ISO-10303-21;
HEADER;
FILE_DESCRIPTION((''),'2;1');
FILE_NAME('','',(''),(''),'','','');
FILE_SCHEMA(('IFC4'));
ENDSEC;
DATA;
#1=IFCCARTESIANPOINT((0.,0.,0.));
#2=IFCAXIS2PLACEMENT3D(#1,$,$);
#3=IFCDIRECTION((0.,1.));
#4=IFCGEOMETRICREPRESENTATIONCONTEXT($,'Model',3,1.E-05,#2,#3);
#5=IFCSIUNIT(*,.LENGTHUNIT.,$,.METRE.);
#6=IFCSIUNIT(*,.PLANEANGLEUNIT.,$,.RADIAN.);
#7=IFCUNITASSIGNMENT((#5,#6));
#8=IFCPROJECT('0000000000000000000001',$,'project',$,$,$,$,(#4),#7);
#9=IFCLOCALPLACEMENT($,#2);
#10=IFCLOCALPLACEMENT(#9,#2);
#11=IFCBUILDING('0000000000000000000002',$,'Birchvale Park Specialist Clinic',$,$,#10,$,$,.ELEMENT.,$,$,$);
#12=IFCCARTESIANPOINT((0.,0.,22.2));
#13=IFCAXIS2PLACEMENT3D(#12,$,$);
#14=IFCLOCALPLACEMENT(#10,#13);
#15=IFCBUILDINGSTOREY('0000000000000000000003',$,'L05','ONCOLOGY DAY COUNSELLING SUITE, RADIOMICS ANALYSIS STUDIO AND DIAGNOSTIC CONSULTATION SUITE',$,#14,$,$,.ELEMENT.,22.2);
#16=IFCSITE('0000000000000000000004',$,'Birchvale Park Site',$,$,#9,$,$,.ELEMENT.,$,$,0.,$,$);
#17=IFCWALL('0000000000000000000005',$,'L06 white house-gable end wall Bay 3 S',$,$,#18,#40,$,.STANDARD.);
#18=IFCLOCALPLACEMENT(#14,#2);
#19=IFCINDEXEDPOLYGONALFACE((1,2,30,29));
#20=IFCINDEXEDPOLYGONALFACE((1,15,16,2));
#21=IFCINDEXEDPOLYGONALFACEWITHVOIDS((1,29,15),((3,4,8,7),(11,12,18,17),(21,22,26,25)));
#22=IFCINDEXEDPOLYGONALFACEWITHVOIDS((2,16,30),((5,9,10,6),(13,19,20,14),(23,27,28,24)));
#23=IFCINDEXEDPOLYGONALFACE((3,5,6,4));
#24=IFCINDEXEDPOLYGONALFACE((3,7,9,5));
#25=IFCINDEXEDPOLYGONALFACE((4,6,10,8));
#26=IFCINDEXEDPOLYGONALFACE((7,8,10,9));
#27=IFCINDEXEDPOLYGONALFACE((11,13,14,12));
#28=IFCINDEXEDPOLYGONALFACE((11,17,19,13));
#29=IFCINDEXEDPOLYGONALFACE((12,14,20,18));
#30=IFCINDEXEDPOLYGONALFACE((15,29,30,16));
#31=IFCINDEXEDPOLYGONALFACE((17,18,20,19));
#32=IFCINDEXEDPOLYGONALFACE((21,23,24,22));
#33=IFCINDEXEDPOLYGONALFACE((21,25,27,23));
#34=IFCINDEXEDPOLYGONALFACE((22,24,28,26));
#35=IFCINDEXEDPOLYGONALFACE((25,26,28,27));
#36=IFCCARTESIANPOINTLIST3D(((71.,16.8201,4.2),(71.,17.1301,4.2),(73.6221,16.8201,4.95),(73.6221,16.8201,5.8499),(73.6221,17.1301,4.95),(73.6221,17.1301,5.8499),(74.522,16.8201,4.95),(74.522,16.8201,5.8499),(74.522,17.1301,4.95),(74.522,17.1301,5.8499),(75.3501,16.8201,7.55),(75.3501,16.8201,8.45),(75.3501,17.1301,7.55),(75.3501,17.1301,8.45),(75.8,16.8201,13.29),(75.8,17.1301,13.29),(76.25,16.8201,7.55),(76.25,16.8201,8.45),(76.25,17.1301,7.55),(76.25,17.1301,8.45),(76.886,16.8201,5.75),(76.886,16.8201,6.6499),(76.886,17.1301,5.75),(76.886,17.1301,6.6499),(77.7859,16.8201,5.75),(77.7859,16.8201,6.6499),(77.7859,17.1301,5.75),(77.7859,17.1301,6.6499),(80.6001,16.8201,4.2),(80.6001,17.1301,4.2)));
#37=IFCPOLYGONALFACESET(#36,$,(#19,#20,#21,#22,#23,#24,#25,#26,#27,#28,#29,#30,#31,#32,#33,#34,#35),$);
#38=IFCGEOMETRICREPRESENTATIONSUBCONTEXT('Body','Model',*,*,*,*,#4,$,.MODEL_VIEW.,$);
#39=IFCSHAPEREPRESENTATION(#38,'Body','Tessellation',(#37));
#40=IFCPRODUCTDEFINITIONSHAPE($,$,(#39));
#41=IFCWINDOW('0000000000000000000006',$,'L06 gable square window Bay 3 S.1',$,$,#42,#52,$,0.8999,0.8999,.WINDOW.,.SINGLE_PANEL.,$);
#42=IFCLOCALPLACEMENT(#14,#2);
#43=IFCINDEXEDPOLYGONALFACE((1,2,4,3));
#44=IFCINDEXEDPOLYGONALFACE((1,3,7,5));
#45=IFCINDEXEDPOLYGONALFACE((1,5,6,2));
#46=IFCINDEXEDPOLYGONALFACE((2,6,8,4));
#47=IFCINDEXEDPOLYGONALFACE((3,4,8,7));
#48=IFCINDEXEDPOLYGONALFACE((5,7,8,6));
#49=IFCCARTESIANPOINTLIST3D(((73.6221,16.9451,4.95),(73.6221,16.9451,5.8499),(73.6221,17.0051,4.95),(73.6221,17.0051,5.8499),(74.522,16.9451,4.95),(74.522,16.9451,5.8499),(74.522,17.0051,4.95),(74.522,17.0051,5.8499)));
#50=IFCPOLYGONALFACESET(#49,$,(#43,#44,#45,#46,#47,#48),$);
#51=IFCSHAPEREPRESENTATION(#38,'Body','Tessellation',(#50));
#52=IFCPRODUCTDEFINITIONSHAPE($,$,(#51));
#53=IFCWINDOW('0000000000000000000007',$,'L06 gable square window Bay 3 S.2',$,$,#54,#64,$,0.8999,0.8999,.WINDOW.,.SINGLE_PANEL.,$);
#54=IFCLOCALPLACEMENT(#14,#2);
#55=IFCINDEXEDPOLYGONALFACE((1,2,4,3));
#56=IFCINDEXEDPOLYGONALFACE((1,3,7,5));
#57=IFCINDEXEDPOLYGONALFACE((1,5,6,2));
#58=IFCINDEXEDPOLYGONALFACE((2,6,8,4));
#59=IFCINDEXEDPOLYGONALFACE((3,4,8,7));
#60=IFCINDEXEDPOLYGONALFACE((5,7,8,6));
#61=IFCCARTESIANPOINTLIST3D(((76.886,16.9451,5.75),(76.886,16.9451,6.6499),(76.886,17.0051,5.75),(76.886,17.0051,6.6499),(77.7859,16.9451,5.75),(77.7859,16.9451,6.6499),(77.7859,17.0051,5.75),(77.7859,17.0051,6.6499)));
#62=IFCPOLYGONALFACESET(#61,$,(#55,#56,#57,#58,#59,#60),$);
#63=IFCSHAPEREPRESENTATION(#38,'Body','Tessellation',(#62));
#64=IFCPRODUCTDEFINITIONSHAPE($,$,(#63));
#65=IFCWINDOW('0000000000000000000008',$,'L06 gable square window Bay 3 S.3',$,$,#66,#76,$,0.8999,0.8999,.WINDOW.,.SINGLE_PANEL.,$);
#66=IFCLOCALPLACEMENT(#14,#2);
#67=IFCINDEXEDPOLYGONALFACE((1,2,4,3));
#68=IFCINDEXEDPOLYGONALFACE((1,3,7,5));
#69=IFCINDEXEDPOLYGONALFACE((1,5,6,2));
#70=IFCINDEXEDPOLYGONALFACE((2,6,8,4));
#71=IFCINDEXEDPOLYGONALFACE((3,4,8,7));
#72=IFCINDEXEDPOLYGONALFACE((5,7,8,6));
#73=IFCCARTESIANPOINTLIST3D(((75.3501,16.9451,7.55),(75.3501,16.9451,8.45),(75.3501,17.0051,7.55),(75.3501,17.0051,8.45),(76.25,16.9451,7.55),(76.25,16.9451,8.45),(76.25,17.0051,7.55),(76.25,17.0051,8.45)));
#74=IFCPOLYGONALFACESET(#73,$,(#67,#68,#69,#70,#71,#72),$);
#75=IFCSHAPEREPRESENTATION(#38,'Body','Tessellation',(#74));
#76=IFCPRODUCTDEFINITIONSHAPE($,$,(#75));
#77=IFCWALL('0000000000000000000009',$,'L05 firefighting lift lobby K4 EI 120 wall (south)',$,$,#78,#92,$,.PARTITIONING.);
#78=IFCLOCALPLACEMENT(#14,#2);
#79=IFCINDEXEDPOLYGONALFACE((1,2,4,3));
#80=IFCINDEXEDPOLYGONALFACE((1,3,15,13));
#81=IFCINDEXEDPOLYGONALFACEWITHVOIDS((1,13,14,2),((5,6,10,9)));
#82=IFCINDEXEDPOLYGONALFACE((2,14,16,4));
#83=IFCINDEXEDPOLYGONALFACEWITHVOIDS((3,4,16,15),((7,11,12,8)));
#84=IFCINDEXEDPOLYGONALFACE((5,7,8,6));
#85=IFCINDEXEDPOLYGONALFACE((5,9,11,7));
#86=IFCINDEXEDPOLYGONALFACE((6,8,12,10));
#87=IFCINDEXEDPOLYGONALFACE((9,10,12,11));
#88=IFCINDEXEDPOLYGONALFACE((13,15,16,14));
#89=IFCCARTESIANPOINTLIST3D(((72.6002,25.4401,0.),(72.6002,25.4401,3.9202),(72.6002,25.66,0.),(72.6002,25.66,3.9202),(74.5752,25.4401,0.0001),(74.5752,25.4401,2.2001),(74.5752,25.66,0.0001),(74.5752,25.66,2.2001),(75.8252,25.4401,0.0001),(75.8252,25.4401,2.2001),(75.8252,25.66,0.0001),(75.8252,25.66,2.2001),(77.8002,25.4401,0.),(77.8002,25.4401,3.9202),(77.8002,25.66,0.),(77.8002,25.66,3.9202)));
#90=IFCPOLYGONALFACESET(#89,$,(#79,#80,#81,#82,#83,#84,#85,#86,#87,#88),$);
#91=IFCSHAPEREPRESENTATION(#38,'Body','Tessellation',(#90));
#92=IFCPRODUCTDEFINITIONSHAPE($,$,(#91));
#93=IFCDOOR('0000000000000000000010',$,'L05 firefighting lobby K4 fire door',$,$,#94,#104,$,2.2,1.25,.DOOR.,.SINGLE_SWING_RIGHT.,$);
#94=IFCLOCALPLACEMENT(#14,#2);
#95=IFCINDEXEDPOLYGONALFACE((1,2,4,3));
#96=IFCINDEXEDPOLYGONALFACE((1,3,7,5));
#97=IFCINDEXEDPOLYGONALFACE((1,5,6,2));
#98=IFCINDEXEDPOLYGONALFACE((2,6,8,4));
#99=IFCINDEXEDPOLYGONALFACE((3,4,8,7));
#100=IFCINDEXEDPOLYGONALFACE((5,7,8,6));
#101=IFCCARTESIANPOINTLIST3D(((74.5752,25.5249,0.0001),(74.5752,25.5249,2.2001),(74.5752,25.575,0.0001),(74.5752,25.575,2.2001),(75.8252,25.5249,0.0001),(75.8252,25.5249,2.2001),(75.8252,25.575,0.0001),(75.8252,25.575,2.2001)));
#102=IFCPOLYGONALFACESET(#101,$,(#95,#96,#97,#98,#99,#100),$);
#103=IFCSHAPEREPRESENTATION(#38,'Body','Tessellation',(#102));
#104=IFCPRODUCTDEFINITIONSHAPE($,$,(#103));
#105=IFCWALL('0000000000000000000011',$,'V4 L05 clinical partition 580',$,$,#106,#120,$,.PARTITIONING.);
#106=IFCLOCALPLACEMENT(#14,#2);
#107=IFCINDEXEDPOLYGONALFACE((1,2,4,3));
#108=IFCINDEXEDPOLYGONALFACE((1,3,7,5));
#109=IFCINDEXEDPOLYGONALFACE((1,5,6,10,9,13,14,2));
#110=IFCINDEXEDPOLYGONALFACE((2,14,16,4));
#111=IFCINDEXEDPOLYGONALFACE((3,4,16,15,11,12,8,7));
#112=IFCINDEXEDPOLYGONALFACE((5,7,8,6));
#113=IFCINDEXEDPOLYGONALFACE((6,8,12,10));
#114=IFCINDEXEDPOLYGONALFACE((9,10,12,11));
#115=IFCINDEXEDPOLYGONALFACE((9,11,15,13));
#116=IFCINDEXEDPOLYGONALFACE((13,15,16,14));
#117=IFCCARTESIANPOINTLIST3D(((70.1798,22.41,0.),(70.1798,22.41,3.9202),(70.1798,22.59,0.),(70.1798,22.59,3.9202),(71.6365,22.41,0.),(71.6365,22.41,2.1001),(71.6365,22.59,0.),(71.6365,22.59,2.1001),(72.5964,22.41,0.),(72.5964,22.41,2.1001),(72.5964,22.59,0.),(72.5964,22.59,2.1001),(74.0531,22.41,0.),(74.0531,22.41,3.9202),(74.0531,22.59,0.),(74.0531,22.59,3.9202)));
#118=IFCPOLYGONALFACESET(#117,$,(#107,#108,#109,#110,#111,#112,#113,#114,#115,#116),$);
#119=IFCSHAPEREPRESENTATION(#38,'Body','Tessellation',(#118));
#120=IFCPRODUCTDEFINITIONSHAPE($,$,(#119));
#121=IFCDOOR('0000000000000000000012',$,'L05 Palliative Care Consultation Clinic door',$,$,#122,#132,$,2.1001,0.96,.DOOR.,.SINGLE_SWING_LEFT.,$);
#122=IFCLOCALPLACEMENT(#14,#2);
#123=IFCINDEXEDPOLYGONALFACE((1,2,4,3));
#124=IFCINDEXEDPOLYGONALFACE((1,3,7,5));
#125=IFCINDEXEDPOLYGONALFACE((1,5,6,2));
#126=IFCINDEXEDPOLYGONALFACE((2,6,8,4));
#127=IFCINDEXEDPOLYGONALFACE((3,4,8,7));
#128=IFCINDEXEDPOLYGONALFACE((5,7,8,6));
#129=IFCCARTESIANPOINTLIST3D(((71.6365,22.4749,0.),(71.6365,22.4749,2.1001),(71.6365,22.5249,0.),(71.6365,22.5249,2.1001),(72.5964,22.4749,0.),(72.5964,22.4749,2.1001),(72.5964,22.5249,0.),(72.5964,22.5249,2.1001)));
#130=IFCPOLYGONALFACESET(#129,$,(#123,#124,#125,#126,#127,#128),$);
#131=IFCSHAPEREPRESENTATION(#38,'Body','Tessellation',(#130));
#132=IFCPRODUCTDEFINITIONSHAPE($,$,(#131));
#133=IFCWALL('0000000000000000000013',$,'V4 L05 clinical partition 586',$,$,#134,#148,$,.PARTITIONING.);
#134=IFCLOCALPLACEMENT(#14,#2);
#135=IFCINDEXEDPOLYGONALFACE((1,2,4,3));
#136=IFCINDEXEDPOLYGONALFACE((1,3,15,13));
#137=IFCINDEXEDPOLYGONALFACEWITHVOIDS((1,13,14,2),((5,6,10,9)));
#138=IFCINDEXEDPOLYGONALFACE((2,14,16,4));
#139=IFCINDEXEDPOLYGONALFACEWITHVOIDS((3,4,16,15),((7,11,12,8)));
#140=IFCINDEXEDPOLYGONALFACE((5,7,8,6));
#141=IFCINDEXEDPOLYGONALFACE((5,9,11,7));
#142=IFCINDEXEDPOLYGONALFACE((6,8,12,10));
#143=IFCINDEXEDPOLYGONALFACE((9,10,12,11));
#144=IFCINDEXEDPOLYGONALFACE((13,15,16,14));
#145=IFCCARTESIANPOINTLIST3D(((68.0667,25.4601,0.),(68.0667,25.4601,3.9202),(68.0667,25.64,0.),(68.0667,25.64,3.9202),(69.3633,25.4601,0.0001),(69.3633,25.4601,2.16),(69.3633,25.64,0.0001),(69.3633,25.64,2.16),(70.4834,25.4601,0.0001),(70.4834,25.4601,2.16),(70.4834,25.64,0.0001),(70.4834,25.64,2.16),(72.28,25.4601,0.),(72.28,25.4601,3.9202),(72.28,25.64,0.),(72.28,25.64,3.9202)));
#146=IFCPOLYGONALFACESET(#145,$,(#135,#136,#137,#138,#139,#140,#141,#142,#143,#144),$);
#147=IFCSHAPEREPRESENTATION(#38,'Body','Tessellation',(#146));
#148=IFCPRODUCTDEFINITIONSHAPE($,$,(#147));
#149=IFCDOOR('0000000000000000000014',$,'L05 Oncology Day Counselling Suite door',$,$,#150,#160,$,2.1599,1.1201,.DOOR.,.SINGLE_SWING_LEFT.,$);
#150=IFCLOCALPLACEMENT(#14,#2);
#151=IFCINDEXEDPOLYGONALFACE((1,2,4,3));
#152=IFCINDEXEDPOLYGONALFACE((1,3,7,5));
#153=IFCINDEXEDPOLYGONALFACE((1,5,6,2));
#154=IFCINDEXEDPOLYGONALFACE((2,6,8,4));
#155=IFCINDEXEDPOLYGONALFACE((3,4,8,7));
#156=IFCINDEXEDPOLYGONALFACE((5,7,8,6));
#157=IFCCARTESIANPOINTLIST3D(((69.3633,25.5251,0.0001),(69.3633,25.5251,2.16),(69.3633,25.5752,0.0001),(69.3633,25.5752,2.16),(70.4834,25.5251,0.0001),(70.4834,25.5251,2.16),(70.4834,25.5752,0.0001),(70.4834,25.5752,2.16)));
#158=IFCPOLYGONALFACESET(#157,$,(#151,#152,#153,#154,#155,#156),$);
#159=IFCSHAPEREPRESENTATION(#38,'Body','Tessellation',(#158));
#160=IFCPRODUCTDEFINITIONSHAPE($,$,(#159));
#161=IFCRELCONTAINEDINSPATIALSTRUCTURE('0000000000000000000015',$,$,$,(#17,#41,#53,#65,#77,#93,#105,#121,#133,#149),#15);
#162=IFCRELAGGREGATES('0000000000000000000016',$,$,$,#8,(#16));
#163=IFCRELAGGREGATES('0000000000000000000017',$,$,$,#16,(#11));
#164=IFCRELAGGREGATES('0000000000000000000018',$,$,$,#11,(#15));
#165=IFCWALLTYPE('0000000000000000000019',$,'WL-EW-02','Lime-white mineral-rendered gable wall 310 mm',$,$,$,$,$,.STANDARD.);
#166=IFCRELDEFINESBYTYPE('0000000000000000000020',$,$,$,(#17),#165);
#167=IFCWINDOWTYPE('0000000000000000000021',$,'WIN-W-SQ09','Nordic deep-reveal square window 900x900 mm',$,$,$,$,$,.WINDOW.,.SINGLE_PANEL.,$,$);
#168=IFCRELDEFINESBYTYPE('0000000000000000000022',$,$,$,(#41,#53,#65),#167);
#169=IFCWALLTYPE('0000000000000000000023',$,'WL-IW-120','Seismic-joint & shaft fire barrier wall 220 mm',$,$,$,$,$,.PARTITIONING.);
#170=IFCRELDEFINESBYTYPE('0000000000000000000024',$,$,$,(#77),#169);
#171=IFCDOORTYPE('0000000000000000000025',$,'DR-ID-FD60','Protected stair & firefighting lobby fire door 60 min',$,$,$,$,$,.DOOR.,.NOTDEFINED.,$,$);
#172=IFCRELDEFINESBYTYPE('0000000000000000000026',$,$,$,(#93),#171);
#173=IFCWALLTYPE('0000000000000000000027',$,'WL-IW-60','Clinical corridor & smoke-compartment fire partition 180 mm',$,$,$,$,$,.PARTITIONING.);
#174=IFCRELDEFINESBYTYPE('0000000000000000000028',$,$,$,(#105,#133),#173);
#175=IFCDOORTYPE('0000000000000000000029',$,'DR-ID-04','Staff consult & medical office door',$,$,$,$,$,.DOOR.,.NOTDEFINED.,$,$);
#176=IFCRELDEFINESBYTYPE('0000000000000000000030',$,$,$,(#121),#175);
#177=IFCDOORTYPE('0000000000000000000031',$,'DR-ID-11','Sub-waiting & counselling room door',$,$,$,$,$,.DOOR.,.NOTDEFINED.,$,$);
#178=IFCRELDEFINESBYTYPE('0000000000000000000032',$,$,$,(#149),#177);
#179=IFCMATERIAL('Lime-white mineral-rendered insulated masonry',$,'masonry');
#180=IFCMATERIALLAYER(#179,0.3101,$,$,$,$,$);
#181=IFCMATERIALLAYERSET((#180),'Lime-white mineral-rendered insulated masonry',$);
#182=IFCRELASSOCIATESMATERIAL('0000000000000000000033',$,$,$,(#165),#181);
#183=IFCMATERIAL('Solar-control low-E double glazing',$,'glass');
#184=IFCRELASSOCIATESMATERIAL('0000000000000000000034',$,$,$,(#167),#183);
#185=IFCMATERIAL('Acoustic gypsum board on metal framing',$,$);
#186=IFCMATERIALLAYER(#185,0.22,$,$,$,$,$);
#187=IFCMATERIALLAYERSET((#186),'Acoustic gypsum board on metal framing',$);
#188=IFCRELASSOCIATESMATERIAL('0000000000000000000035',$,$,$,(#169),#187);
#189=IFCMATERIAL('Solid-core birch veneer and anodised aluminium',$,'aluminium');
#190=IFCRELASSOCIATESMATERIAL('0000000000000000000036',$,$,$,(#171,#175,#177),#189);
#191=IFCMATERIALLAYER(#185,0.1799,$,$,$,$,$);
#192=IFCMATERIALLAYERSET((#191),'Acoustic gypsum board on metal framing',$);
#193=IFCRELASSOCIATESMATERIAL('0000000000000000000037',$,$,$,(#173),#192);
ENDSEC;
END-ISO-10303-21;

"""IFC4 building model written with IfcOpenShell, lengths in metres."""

from ifc_helpers import new_model, si_unit, direction, frame, frame_2d, origin, place, context, subcontext, project, spatial, polyline, rectangle, outline, extrude, material, layer, layer_set, type_object, element, fill, save


model = new_model("IFC4")

# Units and contexts
model_context = context("Model", 3, precision=1e-05, world=origin(), true_north=direction((0.0, 1.0)))
body_context = subcontext(model_context, "Body", "Model", "MODEL_VIEW")
ifc_project = project(units=[si_unit("LENGTHUNIT", "METRE"), si_unit("PLANEANGLEUNIT", "RADIAN")], contexts=[model_context])

# Site, building, storey
site_placement = place(None, origin())
site = spatial("IfcSite", under=ifc_project, at=site_placement, Name="Birchvale Park Site", CompositionType="ELEMENT", RefElevation=0.0)
building_placement = place(site_placement, origin())
building = spatial("IfcBuilding", under=site, at=building_placement, Name="Birchvale Park Specialist Clinic", CompositionType="ELEMENT")
storey_placement = place(building_placement, frame((0.0, 0.0, 22.2)))
storey = spatial("IfcBuildingStorey", under=building, at=storey_placement, Name="L05", Description="ONCOLOGY DAY COUNSELLING SUITE, RADIOMICS ANALYSIS STUDIO AND DIAGNOSTIC CONSULTATION SUITE", CompositionType="ELEMENT", Elevation=22.2)

# Shared definitions
ifc_material_1 = material(Name="Solid-core birch veneer and anodised aluminium", Category="aluminium")

# Wall, openings, windows
ifc_material_2 = material(Name="Lime-white mineral-rendered insulated masonry", Category="masonry")
ifc_material_3 = material(Name="Solar-control low-E double glazing", Category="glass")
ifc_layer_1 = layer(ifc_material_2, 0.3101)
ifc_layer_set_1 = layer_set([ifc_layer_1], Name="Lime-white mineral-rendered insulated masonry")
wall_type_1 = type_object("IfcWallType", Name="WL-EW-02", Description="Lime-white mineral-rendered gable wall 310 mm", PredefinedType="STANDARD", material=ifc_layer_set_1)
wall_1_placement = place(storey_placement, frame((71.0, 16.9751, 4.2), z_axis=(0.0, 0.0, 1.0), x_axis=(1.0, 0.0, 0.0)))
wall_1 = element("IfcWall", 1, at=wall_1_placement, inside=storey, type_object=wall_type_1, Name="L06 white house-gable end wall Bay 3 S", PredefinedType="STANDARD", context=body_context, shape_type="SweptSolid", body=[
    extrude(outline(polyline([(0.0, 0.0), (9.6001, 0.0), (9.6001, 0.0), (4.8, 9.0901), (0.0, 0.0), (0.0, 0.0)])), frame((0.0, 0.155, 0.0), z_axis=(0.0, -1.0, 0.0), x_axis=(1.0, 0.0, 0.0)), (0.0, 0.0, 1.0), 0.3101),
])
opening_1_placement = place(wall_1_placement, frame((2.6221, 0.0, 0.75)))
opening_1 = element("IfcOpeningElement", 2, at=opening_1_placement, cuts=wall_1, PredefinedType="OPENING", context=body_context, shape_type="SweptSolid", body=[
    extrude(rectangle(XDim=0.8999, YDim=0.8999, at=frame_2d((0.45, 0.45))), frame((0.0, 0.165, 0.0), z_axis=(0.0, -1.0, 0.0), x_axis=(1.0, 0.0, 0.0)), (0.0, 0.0, 1.0), 0.3301),
])
opening_2_placement = place(wall_1_placement, frame((5.886, 0.0, 1.55)))
opening_2 = element("IfcOpeningElement", 3, at=opening_2_placement, cuts=wall_1, PredefinedType="OPENING", context=body_context, shape_type="SweptSolid", body=[
    extrude(rectangle(XDim=0.8999, YDim=0.8999, at=frame_2d((0.45, 0.45))), frame((0.0, 0.165, 0.0), z_axis=(0.0, -1.0, 0.0), x_axis=(1.0, 0.0, 0.0)), (0.0, 0.0, 1.0), 0.3301),
])
opening_3_placement = place(wall_1_placement, frame((4.3501, 0.0, 3.3501)))
opening_3 = element("IfcOpeningElement", 4, at=opening_3_placement, cuts=wall_1, PredefinedType="OPENING", context=body_context, shape_type="SweptSolid", body=[
    extrude(rectangle(XDim=0.8999, YDim=0.8999, at=frame_2d((0.45, 0.45))), frame((0.0, 0.165, 0.0), z_axis=(0.0, -1.0, 0.0), x_axis=(1.0, 0.0, 0.0)), (0.0, 0.0, 1.0), 0.3301),
])
window_type_1 = type_object("IfcWindowType", Name="WIN-W-SQ09", Description="Nordic deep-reveal square window 900x900 mm", PartitioningType="SINGLE_PANEL", PredefinedType="WINDOW", material=ifc_material_3)
window_1_placement = place(opening_1_placement, origin())
window_1 = element("IfcWindow", 5, at=window_1_placement, inside=storey, type_object=window_type_1, Name="L06 gable square window Bay 3 S.1", OverallHeight=0.8999, OverallWidth=0.8999, PartitioningType="SINGLE_PANEL", PredefinedType="WINDOW", context=body_context, shape_type="SweptSolid", body=[
    extrude(rectangle(XDim=0.8999, YDim=0.8999, at=frame_2d((0.45, 0.45))), frame((0.0, 0.03, 0.0), z_axis=(0.0, -1.0, 0.0), x_axis=(1.0, 0.0, 0.0)), (0.0, 0.0, 1.0), 0.0601),
])
fill(opening_1, window_1)
window_2_placement = place(opening_2_placement, origin())
window_2 = element("IfcWindow", 6, at=window_2_placement, inside=storey, type_object=window_type_1, Name="L06 gable square window Bay 3 S.2", OverallHeight=0.8999, OverallWidth=0.8999, PartitioningType="SINGLE_PANEL", PredefinedType="WINDOW", context=body_context, shape_type="SweptSolid", body=[
    extrude(rectangle(XDim=0.8999, YDim=0.8999, at=frame_2d((0.45, 0.45))), frame((0.0, 0.03, 0.0), z_axis=(0.0, -1.0, 0.0), x_axis=(1.0, 0.0, 0.0)), (0.0, 0.0, 1.0), 0.0601),
])
fill(opening_2, window_2)
window_3_placement = place(opening_3_placement, origin())
window_3 = element("IfcWindow", 7, at=window_3_placement, inside=storey, type_object=window_type_1, Name="L06 gable square window Bay 3 S.3", OverallHeight=0.8999, OverallWidth=0.8999, PartitioningType="SINGLE_PANEL", PredefinedType="WINDOW", context=body_context, shape_type="SweptSolid", body=[
    extrude(rectangle(XDim=0.8999, YDim=0.8999, at=frame_2d((0.45, 0.45))), frame((0.0, 0.03, 0.0), z_axis=(0.0, -1.0, 0.0), x_axis=(1.0, 0.0, 0.0)), (0.0, 0.0, 1.0), 0.0601),
])
fill(opening_3, window_3)

# Walls, openings, doors
ifc_material_4 = material(Name="Acoustic gypsum board on metal framing")
ifc_layer_2 = layer(ifc_material_4, 0.22)
ifc_layer_set_2 = layer_set([ifc_layer_2], Name="Acoustic gypsum board on metal framing")
wall_type_2 = type_object("IfcWallType", Name="WL-IW-120", Description="Seismic-joint & shaft fire barrier wall 220 mm", PredefinedType="PARTITIONING", material=ifc_layer_set_2)
wall_2_placement = place(storey_placement, frame((72.6001, 25.55, 0.0), z_axis=(0.0, 0.0, 1.0), x_axis=(1.0, 0.0, 0.0)))
wall_2 = element("IfcWall", 8, at=wall_2_placement, inside=storey, type_object=wall_type_2, Name="L05 firefighting lift lobby K4 EI 120 wall (south)", PredefinedType="PARTITIONING", context=body_context, shape_type="SweptSolid", body=[
    extrude(rectangle(XDim=5.2, YDim=0.22, at=frame_2d((2.6001, 0.0))), origin(), (0.0, 0.0, 1.0), 3.9202),
])
opening_4_placement = place(wall_2_placement, frame((1.9751, 0.0, 0.0)))
opening_4 = element("IfcOpeningElement", 9, at=opening_4_placement, cuts=wall_2, PredefinedType="OPENING", context=body_context, shape_type="SweptSolid", body=[
    extrude(rectangle(XDim=1.25, YDim=2.2, at=frame_2d((0.625, 1.1001))), frame((0.0, 0.1201, 0.0), z_axis=(0.0, -1.0, 0.0), x_axis=(1.0, 0.0, 0.0)), (0.0, 0.0, 1.0), 0.24),
])
door_type_1 = type_object("IfcDoorType", Name="DR-ID-FD60", Description="Protected stair & firefighting lobby fire door 60 min", OperationType="NOTDEFINED", PredefinedType="DOOR", material=ifc_material_1)
door_1_placement = place(opening_4_placement, origin())
door_1 = element("IfcDoor", 10, at=door_1_placement, inside=storey, type_object=door_type_1, Name="L05 firefighting lobby K4 fire door", OperationType="SINGLE_SWING_RIGHT", OverallHeight=2.2, OverallWidth=1.25, PredefinedType="DOOR", context=body_context, shape_type="SweptSolid", body=[
    extrude(rectangle(XDim=1.25, YDim=2.2, at=frame_2d((0.625, 1.1001))), frame((0.0, 0.0249, 0.0), z_axis=(0.0, -1.0, 0.0), x_axis=(1.0, 0.0, 0.0)), (0.0, 0.0, 1.0), 0.05),
])
fill(opening_4, door_1)
ifc_layer_3 = layer(ifc_material_4, 0.1799)
ifc_layer_set_3 = layer_set([ifc_layer_3], Name="Acoustic gypsum board on metal framing")
wall_type_3 = type_object("IfcWallType", Name="WL-IW-60", Description="Clinical corridor & smoke-compartment fire partition 180 mm", PredefinedType="PARTITIONING", material=ifc_layer_set_3)
wall_3_placement = place(storey_placement, frame((70.1799, 22.5, 0.0), z_axis=(0.0, 0.0, 1.0), x_axis=(1.0, 0.0, 0.0)))
wall_3 = element("IfcWall", 11, at=wall_3_placement, inside=storey, type_object=wall_type_3, Name="V4 L05 clinical partition 580", PredefinedType="PARTITIONING", context=body_context, shape_type="SweptSolid", body=[
    extrude(rectangle(XDim=3.8733, YDim=0.1799, at=frame_2d((1.9365, 0.0))), origin(), (0.0, 0.0, 1.0), 3.9202),
])
opening_5_placement = place(wall_3_placement, frame((1.4565, 0.0, 0.0)))
opening_5 = element("IfcOpeningElement", 12, at=opening_5_placement, cuts=wall_3, PredefinedType="OPENING", context=body_context, shape_type="SweptSolid", body=[
    extrude(rectangle(XDim=0.96, YDim=2.1001, at=frame_2d((0.48, 1.05))), frame((0.0, 0.1001, 0.0), z_axis=(0.0, -1.0, 0.0), x_axis=(1.0, 0.0, 0.0)), (0.0, 0.0, 1.0), 0.2),
])
door_type_2 = type_object("IfcDoorType", Name="DR-ID-04", Description="Staff consult & medical office door", OperationType="NOTDEFINED", PredefinedType="DOOR", material=ifc_material_1)
door_2_placement = place(opening_5_placement, origin())
door_2 = element("IfcDoor", 13, at=door_2_placement, inside=storey, type_object=door_type_2, Name="L05 Palliative Care Consultation Clinic door", OperationType="SINGLE_SWING_LEFT", OverallHeight=2.1001, OverallWidth=0.96, PredefinedType="DOOR", context=body_context, shape_type="SweptSolid", body=[
    extrude(rectangle(XDim=0.96, YDim=2.1001, at=frame_2d((0.48, 1.05))), frame((0.0, 0.0249, 0.0), z_axis=(0.0, -1.0, 0.0), x_axis=(1.0, 0.0, 0.0)), (0.0, 0.0, 1.0), 0.05),
])
fill(opening_5, door_2)
wall_4_placement = place(storey_placement, frame((72.28, 25.55, 0.0), z_axis=(0.0, 0.0, 1.0), x_axis=(-1.0, 0.0, 0.0)))
wall_4 = element("IfcWall", 14, at=wall_4_placement, inside=storey, type_object=wall_type_3, Name="V4 L05 clinical partition 586", PredefinedType="PARTITIONING", context=body_context, shape_type="SweptSolid", body=[
    extrude(rectangle(XDim=4.2134, YDim=0.1799, at=frame_2d((2.1067, 0.0))), origin(), (0.0, 0.0, 1.0), 3.9202),
])
opening_6_placement = place(wall_4_placement, frame((1.7966, 0.0, 0.0)))
opening_6 = element("IfcOpeningElement", 15, at=opening_6_placement, cuts=wall_4, PredefinedType="OPENING", context=body_context, shape_type="SweptSolid", body=[
    extrude(rectangle(XDim=1.1201, YDim=2.1599, at=frame_2d((0.5601, 1.0801))), frame((0.0, 0.1001, 0.0), z_axis=(0.0, -1.0, 0.0), x_axis=(1.0, 0.0, 0.0)), (0.0, 0.0, 1.0), 0.2),
])
door_type_3 = type_object("IfcDoorType", Name="DR-ID-11", Description="Sub-waiting & counselling room door", OperationType="NOTDEFINED", PredefinedType="DOOR", material=ifc_material_1)
door_3_placement = place(opening_6_placement, origin())
door_3 = element("IfcDoor", 16, at=door_3_placement, inside=storey, type_object=door_type_3, Name="L05 Oncology Day Counselling Suite door", OperationType="SINGLE_SWING_LEFT", OverallHeight=2.1599, OverallWidth=1.1201, PredefinedType="DOOR", context=body_context, shape_type="SweptSolid", body=[
    extrude(rectangle(XDim=1.1201, YDim=2.1599, at=frame_2d((0.5601, 1.0801))), frame((0.0, 0.0249, 0.0), z_axis=(0.0, -1.0, 0.0), x_axis=(1.0, 0.0, 0.0)), (0.0, 0.0, 1.0), 0.05),
])
fill(opening_6, door_3)

save(model, "model.ifc")
